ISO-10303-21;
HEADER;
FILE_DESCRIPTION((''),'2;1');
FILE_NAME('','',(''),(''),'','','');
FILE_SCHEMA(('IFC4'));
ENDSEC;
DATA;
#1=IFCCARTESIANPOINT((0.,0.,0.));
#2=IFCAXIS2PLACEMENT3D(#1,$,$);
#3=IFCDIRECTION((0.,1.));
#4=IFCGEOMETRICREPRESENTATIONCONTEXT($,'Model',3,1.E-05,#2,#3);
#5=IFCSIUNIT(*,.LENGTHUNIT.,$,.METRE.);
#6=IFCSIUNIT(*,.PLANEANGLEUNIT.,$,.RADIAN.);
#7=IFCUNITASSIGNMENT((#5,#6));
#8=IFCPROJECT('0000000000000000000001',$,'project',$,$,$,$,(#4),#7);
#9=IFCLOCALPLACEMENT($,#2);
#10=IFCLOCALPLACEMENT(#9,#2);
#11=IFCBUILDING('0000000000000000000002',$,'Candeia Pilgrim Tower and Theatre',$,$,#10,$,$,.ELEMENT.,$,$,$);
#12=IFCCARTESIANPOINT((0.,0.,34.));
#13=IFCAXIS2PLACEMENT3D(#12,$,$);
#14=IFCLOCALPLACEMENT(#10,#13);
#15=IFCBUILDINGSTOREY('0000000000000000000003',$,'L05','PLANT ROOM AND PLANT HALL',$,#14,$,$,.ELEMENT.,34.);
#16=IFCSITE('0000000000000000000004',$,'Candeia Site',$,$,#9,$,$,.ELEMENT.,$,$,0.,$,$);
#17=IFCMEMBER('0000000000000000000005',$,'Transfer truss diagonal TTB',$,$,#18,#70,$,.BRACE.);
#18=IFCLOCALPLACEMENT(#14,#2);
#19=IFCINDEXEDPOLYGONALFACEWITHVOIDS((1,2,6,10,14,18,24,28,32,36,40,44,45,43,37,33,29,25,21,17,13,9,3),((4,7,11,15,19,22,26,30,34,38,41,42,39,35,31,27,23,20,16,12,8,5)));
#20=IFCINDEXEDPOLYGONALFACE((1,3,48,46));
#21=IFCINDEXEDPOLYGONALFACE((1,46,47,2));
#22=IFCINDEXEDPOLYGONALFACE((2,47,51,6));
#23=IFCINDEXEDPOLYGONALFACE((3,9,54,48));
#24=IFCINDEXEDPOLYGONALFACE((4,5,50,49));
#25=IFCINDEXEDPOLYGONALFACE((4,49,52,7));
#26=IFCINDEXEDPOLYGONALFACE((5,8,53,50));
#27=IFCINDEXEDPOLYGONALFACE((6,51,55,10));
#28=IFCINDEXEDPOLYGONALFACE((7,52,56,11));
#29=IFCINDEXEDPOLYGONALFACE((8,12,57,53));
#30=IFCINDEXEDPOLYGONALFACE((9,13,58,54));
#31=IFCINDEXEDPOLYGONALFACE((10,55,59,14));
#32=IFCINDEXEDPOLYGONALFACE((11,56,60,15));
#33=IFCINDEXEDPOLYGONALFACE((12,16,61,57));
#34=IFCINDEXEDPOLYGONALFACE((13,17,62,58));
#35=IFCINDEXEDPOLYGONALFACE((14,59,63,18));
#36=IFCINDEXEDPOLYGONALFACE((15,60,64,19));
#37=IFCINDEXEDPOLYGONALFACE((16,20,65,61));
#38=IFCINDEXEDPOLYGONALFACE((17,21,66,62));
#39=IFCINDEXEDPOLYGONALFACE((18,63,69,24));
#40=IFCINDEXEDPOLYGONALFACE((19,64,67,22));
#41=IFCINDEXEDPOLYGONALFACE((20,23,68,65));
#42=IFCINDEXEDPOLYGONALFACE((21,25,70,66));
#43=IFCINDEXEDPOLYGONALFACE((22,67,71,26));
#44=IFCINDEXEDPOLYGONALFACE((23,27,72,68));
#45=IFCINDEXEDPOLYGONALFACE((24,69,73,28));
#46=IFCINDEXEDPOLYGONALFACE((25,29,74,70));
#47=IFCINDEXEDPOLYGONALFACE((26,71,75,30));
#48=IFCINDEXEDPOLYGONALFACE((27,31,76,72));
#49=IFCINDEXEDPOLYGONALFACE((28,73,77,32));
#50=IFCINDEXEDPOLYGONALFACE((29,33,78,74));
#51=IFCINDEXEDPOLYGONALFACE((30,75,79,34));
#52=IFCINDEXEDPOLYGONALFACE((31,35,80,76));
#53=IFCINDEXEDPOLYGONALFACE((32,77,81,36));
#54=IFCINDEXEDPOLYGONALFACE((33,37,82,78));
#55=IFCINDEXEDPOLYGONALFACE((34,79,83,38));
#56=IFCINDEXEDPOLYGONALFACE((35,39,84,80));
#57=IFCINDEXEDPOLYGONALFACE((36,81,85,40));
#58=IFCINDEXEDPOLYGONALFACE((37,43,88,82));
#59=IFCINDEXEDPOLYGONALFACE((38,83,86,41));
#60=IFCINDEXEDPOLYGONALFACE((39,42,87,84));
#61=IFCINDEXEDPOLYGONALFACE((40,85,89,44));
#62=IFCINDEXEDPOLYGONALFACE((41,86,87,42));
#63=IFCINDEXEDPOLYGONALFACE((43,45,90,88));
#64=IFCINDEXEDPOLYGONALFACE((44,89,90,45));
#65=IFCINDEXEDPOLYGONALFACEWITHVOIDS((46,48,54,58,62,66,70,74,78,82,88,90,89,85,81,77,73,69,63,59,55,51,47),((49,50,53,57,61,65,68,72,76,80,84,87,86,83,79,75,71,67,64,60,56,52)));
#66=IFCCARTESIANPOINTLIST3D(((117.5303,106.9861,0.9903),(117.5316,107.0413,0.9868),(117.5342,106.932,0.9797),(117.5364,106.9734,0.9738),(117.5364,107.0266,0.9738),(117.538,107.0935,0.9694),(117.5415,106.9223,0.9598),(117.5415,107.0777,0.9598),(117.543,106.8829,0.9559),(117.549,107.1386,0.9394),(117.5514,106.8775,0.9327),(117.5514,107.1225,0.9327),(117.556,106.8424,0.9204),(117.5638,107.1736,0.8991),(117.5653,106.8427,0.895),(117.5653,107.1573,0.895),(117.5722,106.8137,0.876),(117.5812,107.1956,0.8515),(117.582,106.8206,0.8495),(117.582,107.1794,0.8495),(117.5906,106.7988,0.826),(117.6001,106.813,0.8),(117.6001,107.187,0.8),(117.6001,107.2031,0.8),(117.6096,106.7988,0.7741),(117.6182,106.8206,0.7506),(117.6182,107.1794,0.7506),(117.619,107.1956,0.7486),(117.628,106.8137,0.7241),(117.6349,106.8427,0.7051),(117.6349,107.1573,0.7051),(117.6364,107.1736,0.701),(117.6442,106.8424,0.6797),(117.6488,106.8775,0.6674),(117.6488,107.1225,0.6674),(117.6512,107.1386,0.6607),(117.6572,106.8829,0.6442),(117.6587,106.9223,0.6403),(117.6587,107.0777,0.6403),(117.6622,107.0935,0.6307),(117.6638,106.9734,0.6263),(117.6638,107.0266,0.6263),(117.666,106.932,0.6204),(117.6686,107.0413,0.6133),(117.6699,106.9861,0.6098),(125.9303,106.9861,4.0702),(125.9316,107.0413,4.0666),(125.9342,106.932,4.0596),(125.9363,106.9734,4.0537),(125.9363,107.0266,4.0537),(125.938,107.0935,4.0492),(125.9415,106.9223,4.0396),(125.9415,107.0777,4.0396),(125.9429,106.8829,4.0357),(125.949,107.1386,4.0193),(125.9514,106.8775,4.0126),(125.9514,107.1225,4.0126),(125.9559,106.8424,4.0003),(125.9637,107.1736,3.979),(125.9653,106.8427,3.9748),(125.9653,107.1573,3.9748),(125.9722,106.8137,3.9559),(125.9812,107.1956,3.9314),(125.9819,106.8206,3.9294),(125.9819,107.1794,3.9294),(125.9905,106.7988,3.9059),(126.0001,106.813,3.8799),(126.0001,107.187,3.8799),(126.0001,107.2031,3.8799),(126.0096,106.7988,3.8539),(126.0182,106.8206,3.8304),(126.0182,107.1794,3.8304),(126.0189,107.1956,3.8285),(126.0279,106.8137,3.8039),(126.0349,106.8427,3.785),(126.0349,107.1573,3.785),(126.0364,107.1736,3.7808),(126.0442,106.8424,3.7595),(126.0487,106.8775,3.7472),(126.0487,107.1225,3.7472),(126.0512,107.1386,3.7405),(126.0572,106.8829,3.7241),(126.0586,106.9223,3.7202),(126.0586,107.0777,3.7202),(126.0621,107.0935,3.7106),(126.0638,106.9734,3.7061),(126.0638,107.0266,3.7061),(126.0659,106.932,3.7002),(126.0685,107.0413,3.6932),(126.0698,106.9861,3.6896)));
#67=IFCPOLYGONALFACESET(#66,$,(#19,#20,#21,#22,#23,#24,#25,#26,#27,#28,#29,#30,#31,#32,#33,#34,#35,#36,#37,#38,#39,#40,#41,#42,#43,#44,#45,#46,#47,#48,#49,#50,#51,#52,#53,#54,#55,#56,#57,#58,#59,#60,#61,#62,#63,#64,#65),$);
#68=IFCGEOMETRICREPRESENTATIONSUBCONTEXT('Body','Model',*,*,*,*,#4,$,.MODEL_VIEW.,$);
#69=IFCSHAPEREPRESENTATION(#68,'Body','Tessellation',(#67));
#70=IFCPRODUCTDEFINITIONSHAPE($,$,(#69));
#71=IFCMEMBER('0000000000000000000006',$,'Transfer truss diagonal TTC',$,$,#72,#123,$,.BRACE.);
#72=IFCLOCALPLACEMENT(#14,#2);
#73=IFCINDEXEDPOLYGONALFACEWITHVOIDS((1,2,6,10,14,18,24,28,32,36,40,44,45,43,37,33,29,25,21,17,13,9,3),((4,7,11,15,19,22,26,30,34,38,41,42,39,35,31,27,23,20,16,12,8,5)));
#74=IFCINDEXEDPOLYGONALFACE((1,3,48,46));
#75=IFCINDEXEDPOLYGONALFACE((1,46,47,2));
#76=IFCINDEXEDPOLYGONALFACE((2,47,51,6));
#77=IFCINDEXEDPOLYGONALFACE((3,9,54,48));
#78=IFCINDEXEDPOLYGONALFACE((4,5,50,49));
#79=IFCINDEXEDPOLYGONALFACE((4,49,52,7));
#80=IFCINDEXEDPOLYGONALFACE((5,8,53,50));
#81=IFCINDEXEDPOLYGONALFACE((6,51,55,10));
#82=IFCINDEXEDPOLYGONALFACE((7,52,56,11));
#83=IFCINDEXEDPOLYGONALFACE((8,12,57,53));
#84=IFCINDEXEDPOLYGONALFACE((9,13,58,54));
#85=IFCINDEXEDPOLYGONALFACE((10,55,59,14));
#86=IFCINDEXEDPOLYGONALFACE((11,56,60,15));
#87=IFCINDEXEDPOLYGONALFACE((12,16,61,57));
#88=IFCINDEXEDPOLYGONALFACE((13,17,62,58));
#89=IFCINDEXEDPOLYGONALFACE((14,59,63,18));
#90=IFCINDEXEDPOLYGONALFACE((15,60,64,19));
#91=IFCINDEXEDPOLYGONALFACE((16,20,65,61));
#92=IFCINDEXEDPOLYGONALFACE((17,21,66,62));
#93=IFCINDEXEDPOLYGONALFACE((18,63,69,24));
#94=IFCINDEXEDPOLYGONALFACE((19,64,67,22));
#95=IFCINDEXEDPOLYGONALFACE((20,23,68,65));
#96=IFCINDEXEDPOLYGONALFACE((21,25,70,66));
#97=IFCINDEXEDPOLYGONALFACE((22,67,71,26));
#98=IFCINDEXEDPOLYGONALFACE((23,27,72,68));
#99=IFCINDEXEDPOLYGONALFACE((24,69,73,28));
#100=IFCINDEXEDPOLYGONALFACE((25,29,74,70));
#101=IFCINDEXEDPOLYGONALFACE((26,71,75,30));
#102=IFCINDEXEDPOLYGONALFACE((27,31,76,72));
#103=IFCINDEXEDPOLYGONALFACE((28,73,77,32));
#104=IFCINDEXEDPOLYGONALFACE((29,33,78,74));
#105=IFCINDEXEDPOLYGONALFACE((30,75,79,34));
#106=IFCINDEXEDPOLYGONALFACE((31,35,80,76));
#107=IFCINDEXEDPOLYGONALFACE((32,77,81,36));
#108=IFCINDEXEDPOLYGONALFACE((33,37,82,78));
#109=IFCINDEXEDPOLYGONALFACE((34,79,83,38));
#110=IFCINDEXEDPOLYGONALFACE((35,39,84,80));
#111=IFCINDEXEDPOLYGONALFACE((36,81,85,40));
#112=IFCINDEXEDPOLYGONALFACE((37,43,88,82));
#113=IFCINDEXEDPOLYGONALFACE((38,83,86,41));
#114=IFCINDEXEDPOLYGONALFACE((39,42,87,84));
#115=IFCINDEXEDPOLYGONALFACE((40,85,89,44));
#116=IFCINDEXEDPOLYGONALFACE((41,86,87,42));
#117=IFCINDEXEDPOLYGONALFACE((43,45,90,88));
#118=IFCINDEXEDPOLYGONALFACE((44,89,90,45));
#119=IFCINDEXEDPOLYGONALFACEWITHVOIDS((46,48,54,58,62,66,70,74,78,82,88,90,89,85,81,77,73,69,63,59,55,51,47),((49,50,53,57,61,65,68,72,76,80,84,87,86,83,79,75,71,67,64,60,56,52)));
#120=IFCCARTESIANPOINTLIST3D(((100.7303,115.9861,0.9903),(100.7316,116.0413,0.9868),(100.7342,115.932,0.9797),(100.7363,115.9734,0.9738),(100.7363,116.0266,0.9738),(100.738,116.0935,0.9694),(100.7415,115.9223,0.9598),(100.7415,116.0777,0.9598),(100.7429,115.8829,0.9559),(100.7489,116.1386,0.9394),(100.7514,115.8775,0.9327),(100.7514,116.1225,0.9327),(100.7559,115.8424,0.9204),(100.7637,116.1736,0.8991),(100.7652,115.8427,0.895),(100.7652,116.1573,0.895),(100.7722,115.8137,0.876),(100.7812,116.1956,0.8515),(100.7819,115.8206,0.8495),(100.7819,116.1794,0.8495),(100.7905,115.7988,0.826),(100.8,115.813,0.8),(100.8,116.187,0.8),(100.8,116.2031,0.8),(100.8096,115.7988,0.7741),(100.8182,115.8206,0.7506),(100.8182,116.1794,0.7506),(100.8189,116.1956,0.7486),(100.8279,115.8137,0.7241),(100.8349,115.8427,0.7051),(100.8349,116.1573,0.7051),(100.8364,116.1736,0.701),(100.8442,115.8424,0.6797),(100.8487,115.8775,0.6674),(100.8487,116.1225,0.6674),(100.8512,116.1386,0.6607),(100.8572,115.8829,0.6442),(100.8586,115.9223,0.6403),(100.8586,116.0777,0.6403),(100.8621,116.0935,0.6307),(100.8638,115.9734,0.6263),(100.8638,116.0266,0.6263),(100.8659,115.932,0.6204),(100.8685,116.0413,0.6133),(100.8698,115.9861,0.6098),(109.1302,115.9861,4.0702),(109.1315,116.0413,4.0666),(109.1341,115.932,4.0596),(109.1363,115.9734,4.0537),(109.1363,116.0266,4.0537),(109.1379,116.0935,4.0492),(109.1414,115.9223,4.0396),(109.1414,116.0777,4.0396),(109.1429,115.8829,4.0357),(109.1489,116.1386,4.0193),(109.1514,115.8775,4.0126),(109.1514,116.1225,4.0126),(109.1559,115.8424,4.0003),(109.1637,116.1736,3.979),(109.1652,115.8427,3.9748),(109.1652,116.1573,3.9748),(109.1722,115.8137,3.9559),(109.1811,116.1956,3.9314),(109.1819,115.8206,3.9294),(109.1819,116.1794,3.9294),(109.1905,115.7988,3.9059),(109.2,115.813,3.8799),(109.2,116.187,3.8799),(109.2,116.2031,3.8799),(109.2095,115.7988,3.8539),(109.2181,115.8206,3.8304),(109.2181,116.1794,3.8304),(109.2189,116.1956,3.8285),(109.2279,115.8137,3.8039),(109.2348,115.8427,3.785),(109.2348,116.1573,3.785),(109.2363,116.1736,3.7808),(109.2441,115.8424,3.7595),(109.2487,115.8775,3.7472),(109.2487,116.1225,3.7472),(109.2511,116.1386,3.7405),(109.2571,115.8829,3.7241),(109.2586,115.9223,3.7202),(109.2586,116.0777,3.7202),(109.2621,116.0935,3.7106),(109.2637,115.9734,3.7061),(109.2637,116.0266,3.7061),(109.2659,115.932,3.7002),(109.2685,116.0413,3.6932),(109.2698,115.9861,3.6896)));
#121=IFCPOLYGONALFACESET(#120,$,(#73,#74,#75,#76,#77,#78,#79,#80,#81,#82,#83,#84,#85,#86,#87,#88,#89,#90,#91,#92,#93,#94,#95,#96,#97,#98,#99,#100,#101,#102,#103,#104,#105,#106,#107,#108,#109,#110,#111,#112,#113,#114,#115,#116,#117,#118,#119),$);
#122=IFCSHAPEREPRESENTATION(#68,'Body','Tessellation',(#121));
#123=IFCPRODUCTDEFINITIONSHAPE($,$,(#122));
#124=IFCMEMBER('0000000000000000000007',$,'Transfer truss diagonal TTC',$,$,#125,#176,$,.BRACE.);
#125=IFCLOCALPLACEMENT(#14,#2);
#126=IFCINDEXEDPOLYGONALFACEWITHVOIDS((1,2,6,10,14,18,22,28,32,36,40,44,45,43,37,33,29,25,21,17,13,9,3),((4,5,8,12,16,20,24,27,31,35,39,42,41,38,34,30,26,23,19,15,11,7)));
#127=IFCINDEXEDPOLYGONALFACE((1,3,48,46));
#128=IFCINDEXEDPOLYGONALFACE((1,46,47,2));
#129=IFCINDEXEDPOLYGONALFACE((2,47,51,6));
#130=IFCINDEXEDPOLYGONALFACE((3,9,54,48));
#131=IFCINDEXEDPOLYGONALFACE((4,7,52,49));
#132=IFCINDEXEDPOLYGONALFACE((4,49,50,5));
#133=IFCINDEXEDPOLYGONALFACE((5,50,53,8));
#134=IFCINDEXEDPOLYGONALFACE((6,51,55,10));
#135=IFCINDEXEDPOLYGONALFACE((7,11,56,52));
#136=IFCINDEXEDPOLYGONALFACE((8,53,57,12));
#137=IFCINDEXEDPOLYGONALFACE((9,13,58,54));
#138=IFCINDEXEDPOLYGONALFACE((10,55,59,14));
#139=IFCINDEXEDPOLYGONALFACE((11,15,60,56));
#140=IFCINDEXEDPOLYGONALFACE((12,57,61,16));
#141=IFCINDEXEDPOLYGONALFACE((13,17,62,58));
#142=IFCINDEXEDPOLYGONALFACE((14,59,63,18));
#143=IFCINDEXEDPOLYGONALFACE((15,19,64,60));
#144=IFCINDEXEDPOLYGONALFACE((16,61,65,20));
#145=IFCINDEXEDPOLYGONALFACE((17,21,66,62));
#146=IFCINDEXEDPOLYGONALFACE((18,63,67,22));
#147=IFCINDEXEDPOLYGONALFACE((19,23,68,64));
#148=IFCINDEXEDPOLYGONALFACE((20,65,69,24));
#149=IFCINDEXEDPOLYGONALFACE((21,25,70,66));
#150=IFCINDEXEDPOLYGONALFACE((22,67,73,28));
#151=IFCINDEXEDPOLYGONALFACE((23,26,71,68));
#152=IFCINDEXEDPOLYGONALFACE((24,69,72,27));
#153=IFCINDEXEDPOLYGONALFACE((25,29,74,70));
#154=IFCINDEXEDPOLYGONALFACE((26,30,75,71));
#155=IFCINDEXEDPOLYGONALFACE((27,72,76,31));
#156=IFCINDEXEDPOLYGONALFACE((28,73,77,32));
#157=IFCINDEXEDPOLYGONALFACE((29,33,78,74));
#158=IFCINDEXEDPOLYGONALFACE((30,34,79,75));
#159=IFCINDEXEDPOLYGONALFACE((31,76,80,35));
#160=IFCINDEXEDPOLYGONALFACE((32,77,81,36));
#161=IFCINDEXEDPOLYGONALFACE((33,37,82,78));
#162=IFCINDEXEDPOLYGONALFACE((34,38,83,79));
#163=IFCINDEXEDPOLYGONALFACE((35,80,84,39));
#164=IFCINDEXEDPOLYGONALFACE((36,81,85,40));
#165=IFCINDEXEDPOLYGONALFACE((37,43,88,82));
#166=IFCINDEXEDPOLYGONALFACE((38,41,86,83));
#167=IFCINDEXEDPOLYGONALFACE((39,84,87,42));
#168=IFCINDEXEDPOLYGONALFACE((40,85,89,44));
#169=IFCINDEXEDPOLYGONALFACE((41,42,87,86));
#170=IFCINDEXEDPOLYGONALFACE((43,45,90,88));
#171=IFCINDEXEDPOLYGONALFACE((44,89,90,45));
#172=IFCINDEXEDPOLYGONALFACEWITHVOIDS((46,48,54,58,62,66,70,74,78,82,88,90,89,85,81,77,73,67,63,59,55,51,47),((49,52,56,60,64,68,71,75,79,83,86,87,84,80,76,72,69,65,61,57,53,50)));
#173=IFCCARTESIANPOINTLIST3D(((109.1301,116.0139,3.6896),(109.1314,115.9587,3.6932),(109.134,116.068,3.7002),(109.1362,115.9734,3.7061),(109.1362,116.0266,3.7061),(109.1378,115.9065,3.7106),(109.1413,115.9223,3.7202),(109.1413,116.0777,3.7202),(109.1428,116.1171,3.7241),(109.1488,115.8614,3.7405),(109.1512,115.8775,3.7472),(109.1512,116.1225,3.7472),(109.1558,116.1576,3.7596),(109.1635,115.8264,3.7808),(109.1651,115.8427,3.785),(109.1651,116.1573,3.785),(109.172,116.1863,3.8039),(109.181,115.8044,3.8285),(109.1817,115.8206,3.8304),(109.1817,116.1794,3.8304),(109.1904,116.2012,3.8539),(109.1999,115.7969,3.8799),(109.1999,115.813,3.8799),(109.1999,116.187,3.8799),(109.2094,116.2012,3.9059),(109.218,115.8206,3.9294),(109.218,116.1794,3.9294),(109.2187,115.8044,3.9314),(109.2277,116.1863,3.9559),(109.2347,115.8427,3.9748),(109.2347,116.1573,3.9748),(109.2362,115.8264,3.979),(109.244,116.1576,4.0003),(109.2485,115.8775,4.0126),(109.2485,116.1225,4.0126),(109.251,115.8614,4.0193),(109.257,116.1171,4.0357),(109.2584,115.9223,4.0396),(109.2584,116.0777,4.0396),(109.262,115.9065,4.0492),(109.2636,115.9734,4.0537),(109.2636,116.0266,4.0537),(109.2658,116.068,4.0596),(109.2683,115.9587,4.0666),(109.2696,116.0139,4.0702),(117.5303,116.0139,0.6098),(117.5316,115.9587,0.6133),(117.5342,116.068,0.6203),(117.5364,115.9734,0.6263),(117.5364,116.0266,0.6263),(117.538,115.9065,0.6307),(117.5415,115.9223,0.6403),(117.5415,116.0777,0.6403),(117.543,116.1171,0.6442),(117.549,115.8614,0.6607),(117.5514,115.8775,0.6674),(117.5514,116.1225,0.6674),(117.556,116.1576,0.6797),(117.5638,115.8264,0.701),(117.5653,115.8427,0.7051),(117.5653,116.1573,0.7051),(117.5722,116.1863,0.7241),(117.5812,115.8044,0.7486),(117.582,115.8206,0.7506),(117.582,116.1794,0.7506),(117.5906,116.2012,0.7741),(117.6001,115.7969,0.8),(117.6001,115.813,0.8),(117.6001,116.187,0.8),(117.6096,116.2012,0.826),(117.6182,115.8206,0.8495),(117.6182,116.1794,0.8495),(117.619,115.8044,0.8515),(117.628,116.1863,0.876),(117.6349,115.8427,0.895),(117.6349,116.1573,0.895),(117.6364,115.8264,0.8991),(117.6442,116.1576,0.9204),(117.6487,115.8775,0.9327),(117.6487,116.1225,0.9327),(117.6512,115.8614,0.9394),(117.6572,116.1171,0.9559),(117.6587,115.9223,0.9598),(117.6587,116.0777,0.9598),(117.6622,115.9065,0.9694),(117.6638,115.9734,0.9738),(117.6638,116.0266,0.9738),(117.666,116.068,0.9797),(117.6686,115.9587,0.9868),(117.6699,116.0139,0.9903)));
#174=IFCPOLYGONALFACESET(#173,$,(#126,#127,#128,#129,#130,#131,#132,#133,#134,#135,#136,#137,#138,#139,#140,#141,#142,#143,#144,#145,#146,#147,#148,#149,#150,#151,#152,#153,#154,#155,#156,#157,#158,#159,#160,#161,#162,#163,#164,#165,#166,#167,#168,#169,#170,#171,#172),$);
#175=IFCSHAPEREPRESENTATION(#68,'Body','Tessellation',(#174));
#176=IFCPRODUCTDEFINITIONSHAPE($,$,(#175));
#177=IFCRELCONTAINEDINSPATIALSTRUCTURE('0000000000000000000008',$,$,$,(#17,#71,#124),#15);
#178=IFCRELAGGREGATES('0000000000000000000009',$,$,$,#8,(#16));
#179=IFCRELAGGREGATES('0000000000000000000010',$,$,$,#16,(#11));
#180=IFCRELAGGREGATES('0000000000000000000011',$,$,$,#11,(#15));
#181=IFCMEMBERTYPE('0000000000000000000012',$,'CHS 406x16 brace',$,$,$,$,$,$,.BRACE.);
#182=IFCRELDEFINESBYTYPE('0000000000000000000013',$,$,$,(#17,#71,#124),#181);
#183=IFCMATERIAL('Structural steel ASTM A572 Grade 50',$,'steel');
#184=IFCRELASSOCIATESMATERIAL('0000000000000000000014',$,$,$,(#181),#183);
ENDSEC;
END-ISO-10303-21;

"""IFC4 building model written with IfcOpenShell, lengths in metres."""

from ifc_helpers import new_model, si_unit, direction, frame, origin, origin_2d, place, context, subcontext, project, spatial, hollow_circle, extrude, material, material_profile, profile_set, type_object, element, save


model = new_model("IFC4")

# Units and contexts
model_context = context("Model", 3, precision=1e-05, world=origin(), true_north=direction((0.0, 1.0)))
body_context = subcontext(model_context, "Body", "Model", "MODEL_VIEW")
ifc_project = project(units=[si_unit("LENGTHUNIT", "METRE"), si_unit("PLANEANGLEUNIT", "RADIAN")], contexts=[model_context])

# Site, building, storey
site_placement = place(None, origin())
site = spatial("IfcSite", under=ifc_project, at=site_placement, Name="Candeia Site", CompositionType="ELEMENT", RefElevation=0.0)
building_placement = place(site_placement, origin())
building = spatial("IfcBuilding", under=site, at=building_placement, Name="Candeia Pilgrim Tower and Theatre", CompositionType="ELEMENT")
storey_placement = place(building_placement, frame((0.0, 0.0, 34.0)))
storey = spatial("IfcBuildingStorey", under=building, at=storey_placement, Name="L05", Description="PLANT ROOM AND PLANT HALL", CompositionType="ELEMENT", Elevation=34.0)

# Members
ifc_material_1 = material(Name="Structural steel ASTM A572 Grade 50", Category="steel")
ifc_material_profile_1 = material_profile(ifc_material_1, hollow_circle(Radius=0.2031, WallThickness=0.0161, at=origin_2d()))
ifc_profile_set_1 = profile_set([ifc_material_profile_1], Name="Structural steel ASTM A572 Grade 50")
member_type_1 = type_object("IfcMemberType", Name="CHS 406x16 brace", PredefinedType="BRACE", material=ifc_profile_set_1)
for number, where, z_axis, x_axis, name in (
    (1, (117.6001, 107.0, 0.8), (0.938881, 0.0, 0.344242), (0.0, 1.0, 0.0), "Transfer truss diagonal TTB"),
    (2, (100.8, 116.0, 0.8), (0.938881, 0.0, 0.344242), (0.0, 1.0, 0.0), "Transfer truss diagonal TTC"),
):
    element("IfcMember", number, at=place(storey_placement, frame(where, z_axis=z_axis, x_axis=x_axis)), inside=storey, type_object=member_type_1, Name=name, PredefinedType="BRACE", context=body_context, shape_type="SweptSolid", body=[
        extrude(hollow_circle(Radius=0.2031, WallThickness=0.0161, at=origin_2d()), origin(), (0.0, 0.0, 1.0), 8.9468),
    ])
member_1_placement = place(storey_placement, frame((117.6001, 116.0, 0.8), z_axis=(-0.938884, 0.0, 0.344233), x_axis=(0.0, -1.0, 0.0)))
element("IfcMember", 3, at=member_1_placement, inside=storey, type_object=member_type_1, Name="Transfer truss diagonal TTC", PredefinedType="BRACE", context=body_context, shape_type="SweptSolid", body=[
    extrude(hollow_circle(Radius=0.2031, WallThickness=0.0161, at=origin_2d()), origin(), (0.0, 0.0, 1.0), 8.947),
])

save(model, "model.ifc")
